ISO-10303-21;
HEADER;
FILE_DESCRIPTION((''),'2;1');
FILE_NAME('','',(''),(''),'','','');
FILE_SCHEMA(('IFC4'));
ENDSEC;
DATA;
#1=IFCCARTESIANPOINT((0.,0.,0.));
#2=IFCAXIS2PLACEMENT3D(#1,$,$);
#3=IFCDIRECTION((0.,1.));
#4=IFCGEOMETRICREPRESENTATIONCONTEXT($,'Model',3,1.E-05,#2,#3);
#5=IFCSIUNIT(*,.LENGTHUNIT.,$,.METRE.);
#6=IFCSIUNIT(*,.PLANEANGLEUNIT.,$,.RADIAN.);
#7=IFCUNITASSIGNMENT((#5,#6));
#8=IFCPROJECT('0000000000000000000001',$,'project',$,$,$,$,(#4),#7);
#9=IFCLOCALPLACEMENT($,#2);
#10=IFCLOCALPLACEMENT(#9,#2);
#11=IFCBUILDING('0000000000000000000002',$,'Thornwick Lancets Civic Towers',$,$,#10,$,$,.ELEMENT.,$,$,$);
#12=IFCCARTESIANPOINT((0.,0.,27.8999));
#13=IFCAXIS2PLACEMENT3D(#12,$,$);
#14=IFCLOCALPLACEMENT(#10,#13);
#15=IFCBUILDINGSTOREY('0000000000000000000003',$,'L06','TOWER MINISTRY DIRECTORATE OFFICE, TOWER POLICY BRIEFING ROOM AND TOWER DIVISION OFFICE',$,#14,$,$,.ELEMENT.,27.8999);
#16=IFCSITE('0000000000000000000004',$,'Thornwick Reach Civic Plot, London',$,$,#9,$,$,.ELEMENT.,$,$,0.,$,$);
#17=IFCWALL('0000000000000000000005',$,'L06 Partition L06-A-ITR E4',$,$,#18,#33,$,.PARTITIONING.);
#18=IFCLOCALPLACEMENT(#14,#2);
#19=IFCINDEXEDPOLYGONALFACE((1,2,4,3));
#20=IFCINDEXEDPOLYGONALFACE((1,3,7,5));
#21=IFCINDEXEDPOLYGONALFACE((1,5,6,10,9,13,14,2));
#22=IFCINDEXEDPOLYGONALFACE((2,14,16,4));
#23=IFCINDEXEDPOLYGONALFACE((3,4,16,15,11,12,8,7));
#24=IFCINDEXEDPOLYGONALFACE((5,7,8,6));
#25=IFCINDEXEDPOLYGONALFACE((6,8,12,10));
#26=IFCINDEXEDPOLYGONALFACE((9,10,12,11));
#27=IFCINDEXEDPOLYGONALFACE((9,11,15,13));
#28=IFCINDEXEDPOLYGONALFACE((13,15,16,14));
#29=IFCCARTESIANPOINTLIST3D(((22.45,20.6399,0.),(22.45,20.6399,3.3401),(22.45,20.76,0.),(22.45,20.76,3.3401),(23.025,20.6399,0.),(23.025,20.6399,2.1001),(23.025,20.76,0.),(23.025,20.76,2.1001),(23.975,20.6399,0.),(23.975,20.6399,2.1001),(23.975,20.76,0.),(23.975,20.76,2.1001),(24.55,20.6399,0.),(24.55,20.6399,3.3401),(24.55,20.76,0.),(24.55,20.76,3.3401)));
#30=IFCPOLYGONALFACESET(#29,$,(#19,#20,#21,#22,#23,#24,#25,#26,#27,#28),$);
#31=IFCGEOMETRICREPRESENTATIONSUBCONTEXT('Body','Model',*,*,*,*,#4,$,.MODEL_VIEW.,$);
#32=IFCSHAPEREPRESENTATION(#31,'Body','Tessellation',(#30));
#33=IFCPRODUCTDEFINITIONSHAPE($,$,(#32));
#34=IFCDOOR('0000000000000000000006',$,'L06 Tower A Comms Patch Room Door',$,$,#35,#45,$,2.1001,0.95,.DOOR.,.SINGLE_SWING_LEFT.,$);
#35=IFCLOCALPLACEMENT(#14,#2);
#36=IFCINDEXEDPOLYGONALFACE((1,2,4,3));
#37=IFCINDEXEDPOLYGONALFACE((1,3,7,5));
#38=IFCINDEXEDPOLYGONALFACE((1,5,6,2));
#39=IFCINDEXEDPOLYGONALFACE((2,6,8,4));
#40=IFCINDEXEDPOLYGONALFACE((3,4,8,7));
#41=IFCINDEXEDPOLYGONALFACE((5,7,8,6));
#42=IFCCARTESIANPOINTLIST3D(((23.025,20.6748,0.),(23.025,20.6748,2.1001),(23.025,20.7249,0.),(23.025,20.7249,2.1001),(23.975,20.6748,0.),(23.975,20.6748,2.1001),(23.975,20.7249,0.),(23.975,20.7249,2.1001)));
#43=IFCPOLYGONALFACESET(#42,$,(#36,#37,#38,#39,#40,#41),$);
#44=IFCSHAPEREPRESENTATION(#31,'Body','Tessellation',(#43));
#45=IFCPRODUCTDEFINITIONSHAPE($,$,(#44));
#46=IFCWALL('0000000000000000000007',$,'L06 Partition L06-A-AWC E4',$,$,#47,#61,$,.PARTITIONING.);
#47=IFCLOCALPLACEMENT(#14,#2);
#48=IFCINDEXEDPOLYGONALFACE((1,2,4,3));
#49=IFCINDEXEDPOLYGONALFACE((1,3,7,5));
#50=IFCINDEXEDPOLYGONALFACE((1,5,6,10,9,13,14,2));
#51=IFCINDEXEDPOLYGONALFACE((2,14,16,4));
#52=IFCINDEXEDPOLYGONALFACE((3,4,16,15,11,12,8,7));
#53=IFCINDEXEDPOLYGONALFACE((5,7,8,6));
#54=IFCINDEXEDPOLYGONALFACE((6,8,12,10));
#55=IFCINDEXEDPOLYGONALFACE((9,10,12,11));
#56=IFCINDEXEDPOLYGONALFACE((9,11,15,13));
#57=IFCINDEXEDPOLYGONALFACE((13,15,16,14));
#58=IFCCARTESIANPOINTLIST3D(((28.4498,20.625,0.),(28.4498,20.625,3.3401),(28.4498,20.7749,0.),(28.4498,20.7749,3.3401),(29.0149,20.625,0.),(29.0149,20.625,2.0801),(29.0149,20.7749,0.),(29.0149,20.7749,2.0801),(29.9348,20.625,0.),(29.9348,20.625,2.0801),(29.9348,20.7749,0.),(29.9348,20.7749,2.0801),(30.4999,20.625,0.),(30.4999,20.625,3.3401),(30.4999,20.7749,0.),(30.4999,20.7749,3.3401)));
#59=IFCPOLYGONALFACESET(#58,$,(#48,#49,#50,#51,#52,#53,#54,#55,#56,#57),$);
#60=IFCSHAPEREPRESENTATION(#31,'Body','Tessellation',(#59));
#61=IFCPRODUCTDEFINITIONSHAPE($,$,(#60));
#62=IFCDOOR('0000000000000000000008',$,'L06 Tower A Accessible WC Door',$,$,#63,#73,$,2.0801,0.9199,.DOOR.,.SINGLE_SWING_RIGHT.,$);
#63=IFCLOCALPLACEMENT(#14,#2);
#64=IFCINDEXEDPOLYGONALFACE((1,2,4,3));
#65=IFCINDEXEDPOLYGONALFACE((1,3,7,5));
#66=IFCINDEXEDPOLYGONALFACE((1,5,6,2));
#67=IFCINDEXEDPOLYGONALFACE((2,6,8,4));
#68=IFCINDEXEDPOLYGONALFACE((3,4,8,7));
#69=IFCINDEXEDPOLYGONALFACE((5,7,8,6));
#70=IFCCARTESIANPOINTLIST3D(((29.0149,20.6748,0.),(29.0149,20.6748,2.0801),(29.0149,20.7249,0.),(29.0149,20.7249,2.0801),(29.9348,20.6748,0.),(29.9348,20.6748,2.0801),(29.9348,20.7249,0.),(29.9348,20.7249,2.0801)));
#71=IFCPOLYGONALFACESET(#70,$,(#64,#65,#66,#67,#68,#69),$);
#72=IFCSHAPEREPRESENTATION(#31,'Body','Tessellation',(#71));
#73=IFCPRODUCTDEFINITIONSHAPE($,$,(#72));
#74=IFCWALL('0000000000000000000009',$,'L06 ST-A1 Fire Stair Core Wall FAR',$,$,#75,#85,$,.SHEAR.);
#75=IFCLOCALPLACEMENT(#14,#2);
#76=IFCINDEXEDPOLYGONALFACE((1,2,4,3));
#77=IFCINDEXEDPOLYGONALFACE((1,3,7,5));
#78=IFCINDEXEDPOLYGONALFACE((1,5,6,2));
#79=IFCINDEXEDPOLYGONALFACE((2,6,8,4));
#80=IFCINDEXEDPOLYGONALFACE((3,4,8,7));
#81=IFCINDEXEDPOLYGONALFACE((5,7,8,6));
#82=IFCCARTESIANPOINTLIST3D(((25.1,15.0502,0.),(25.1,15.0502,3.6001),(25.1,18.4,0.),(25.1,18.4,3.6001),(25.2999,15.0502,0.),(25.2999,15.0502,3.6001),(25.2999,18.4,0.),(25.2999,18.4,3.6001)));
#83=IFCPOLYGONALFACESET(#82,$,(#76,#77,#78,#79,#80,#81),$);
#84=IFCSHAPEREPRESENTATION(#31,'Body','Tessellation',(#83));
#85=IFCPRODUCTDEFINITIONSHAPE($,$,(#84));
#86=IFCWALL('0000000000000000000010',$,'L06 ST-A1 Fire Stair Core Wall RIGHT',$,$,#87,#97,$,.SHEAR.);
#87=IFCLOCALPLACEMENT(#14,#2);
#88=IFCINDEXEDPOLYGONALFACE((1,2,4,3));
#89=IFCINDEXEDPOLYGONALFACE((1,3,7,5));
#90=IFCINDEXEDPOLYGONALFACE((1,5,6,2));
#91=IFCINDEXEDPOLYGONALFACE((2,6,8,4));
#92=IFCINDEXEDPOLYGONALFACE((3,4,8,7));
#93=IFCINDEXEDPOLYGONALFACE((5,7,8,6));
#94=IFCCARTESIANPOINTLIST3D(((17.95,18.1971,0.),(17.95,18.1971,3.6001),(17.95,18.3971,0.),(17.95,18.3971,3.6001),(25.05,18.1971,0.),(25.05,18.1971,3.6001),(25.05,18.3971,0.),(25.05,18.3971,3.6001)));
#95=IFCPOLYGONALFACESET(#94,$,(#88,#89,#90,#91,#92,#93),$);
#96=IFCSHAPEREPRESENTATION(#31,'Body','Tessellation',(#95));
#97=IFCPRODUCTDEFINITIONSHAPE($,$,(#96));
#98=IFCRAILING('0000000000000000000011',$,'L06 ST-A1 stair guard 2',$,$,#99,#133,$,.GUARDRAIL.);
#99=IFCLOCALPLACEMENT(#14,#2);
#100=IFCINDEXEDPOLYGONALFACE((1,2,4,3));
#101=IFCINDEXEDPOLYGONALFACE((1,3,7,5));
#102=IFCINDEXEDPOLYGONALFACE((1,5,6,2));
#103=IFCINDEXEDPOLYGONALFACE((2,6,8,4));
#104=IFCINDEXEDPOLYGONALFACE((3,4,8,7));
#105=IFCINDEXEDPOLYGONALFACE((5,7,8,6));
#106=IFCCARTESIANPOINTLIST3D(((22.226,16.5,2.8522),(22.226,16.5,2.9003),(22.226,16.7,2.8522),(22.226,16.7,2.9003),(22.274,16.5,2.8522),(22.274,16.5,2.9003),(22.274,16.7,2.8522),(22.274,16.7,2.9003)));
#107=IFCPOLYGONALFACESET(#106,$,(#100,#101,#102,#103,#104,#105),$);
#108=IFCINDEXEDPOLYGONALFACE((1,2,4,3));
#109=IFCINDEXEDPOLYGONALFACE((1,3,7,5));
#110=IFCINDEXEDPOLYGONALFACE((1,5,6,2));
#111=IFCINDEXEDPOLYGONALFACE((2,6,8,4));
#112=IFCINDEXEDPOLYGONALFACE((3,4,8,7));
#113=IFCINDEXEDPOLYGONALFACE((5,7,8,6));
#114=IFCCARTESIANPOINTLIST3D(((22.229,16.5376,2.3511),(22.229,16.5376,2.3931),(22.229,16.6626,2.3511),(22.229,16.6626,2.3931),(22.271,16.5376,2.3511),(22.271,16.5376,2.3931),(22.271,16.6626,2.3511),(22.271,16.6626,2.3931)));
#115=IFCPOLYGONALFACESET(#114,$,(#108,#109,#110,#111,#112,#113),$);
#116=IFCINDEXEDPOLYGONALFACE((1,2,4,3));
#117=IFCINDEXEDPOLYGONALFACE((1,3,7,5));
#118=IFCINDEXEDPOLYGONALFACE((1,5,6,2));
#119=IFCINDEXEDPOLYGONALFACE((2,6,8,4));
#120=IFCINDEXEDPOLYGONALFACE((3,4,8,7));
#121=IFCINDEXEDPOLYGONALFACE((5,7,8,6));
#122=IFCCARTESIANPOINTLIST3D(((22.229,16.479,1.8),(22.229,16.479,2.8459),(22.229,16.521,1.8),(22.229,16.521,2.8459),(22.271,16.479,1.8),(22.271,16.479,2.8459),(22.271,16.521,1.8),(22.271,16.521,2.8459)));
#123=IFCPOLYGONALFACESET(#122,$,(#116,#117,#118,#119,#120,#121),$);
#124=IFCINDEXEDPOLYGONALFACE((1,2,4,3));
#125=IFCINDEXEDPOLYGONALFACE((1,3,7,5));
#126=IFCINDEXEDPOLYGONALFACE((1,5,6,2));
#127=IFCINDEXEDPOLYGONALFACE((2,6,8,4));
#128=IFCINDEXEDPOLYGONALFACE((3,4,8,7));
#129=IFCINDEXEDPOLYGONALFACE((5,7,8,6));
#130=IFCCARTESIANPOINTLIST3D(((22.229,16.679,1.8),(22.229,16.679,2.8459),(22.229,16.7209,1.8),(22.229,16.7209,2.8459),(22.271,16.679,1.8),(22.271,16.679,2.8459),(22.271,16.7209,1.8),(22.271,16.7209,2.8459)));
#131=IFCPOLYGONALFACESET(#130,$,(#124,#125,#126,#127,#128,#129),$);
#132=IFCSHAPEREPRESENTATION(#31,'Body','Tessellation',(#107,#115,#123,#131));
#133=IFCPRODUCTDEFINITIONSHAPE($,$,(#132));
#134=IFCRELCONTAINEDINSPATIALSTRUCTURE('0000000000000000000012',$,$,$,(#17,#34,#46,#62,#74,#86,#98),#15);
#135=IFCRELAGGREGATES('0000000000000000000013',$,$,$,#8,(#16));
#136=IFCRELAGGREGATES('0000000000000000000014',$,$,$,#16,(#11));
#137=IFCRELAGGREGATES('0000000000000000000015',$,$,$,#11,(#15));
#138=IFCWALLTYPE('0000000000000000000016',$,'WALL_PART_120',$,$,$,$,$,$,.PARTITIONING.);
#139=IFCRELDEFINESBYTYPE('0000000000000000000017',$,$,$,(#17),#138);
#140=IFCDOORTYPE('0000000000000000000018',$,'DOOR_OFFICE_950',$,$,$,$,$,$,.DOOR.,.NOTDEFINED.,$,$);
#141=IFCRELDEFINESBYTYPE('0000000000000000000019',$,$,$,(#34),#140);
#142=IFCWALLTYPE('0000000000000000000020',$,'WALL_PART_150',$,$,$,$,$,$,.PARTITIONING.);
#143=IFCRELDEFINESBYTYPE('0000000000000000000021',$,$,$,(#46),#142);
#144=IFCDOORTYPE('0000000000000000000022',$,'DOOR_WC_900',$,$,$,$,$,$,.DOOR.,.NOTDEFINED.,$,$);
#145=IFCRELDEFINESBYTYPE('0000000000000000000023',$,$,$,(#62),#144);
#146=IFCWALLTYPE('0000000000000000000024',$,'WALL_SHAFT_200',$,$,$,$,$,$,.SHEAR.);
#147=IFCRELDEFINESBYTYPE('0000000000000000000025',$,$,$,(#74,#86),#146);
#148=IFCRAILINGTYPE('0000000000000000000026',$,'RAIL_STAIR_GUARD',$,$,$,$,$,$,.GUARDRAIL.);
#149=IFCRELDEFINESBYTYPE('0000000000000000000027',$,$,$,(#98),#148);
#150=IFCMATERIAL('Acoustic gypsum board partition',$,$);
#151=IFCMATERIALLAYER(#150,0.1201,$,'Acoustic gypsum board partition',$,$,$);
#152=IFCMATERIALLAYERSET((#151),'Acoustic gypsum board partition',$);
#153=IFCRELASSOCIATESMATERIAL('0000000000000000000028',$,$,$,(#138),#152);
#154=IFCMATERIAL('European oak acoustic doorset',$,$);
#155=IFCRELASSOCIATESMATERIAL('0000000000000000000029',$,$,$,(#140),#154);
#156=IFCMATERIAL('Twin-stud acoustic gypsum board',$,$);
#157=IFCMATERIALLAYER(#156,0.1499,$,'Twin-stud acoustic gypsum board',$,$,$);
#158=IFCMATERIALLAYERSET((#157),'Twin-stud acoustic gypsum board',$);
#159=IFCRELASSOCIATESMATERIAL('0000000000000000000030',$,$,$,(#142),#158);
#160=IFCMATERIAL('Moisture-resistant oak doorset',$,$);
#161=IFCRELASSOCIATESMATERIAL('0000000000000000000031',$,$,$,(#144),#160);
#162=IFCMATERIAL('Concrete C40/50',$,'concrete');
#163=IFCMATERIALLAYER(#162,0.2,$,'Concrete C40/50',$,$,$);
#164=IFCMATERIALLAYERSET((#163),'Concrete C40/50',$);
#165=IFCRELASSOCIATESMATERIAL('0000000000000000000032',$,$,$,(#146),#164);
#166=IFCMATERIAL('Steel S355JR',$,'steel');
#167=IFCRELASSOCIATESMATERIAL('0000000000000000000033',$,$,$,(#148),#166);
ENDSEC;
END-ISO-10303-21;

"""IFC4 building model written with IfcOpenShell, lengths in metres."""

from ifc_helpers import new_model, si_unit, direction, frame, frame_2d, origin, origin_2d, place, context, subcontext, project, spatial, rectangle, extrude, material, layer, layer_set, type_object, element, fill, save


model = new_model("IFC4")

# Units and contexts
model_context = context("Model", 3, precision=1e-05, world=origin(), true_north=direction((0.0, 1.0)))
body_context = subcontext(model_context, "Body", "Model", "MODEL_VIEW")
ifc_project = project(units=[si_unit("LENGTHUNIT", "METRE"), si_unit("PLANEANGLEUNIT", "RADIAN")], contexts=[model_context])

# Site, building, storey
site_placement = place(None, origin())
site = spatial("IfcSite", under=ifc_project, at=site_placement, Name="Thornwick Reach Civic Plot, London", CompositionType="ELEMENT", RefElevation=0.0)
building_placement = place(site_placement, origin())
building = spatial("IfcBuilding", under=site, at=building_placement, Name="Thornwick Lancets Civic Towers", CompositionType="ELEMENT")
storey_placement = place(building_placement, frame((0.0, 0.0, 27.8999)))
storey = spatial("IfcBuildingStorey", under=building, at=storey_placement, Name="L06", Description="TOWER MINISTRY DIRECTORATE OFFICE, TOWER POLICY BRIEFING ROOM AND TOWER DIVISION OFFICE", CompositionType="ELEMENT", Elevation=27.8999)

# Shared definitions
ifc_material_1 = material(Name="Acoustic gypsum board partition")
ifc_layer_1 = layer(ifc_material_1, 0.1201, Name="Acoustic gypsum board partition")
ifc_layer_set_1 = layer_set([ifc_layer_1], Name="Acoustic gypsum board partition")
wall_type_1 = type_object("IfcWallType", Name="WALL_PART_120", PredefinedType="PARTITIONING", material=ifc_layer_set_1)

# Walls, openings, doors
wall_1_placement = place(storey_placement, frame((22.45, 20.7, 0.0), z_axis=(0.0, 0.0, 1.0), x_axis=(1.0, 0.0, 0.0)))
wall_1 = element("IfcWall", 1, at=wall_1_placement, inside=storey, type_object=wall_type_1, Name="L06 Partition L06-A-ITR E4", PredefinedType="PARTITIONING", context=body_context, shape_type="SweptSolid", body=[
    extrude(rectangle(XDim=2.1001, YDim=0.1201, at=frame_2d((1.05, 0.0))), origin(), (0.0, 0.0, 1.0), 3.3401),
])
opening_1_placement = place(wall_1_placement, frame((0.575, 0.0, 0.0)))
opening_1 = element("IfcOpeningElement", 2, at=opening_1_placement, cuts=wall_1, PredefinedType="OPENING", context=body_context, shape_type="SweptSolid", body=[
    extrude(rectangle(XDim=0.95, YDim=2.1001, at=frame_2d((0.4751, 1.05))), frame((0.0, 0.0701, 0.0), z_axis=(0.0, -1.0, 0.0), x_axis=(1.0, 0.0, 0.0)), (0.0, 0.0, 1.0), 0.1401),
])
ifc_material_2 = material(Name="European oak acoustic doorset")
door_type_1 = type_object("IfcDoorType", Name="DOOR_OFFICE_950", OperationType="NOTDEFINED", PredefinedType="DOOR", material=ifc_material_2)
door_1_placement = place(opening_1_placement, origin())
door_1 = element("IfcDoor", 3, at=door_1_placement, inside=storey, type_object=door_type_1, Name="L06 Tower A Comms Patch Room Door", OperationType="SINGLE_SWING_LEFT", OverallHeight=2.1001, OverallWidth=0.95, PredefinedType="DOOR", context=body_context, shape_type="SweptSolid", body=[
    extrude(rectangle(XDim=0.95, YDim=2.1001, at=frame_2d((0.4751, 1.05))), frame((0.0, 0.0249, 0.0), z_axis=(0.0, -1.0, 0.0), x_axis=(1.0, 0.0, 0.0)), (0.0, 0.0, 1.0), 0.05),
])
fill(opening_1, door_1)
ifc_material_3 = material(Name="Twin-stud acoustic gypsum board")
ifc_layer_2 = layer(ifc_material_3, 0.1499, Name="Twin-stud acoustic gypsum board")
ifc_layer_set_2 = layer_set([ifc_layer_2], Name="Twin-stud acoustic gypsum board")
wall_type_2 = type_object("IfcWallType", Name="WALL_PART_150", PredefinedType="PARTITIONING", material=ifc_layer_set_2)
wall_2_placement = place(storey_placement, frame((28.45, 20.7, 0.0), z_axis=(0.0, 0.0, 1.0), x_axis=(1.0, 0.0, 0.0)))
wall_2 = element("IfcWall", 4, at=wall_2_placement, inside=storey, type_object=wall_type_2, Name="L06 Partition L06-A-AWC E4", PredefinedType="PARTITIONING", context=body_context, shape_type="SweptSolid", body=[
    extrude(rectangle(XDim=2.05, YDim=0.1499, at=frame_2d((1.0249, 0.0))), origin(), (0.0, 0.0, 1.0), 3.3401),
])
opening_2_placement = place(wall_2_placement, frame((0.5649, 0.0, 0.0)))
opening_2 = element("IfcOpeningElement", 5, at=opening_2_placement, cuts=wall_2, PredefinedType="OPENING", context=body_context, shape_type="SweptSolid", body=[
    extrude(rectangle(XDim=0.9199, YDim=2.0801, at=frame_2d((0.46, 1.04))), frame((0.0, 0.085, 0.0), z_axis=(0.0, -1.0, 0.0), x_axis=(1.0, 0.0, 0.0)), (0.0, 0.0, 1.0), 0.1699),
])
ifc_material_4 = material(Name="Moisture-resistant oak doorset")
door_type_2 = type_object("IfcDoorType", Name="DOOR_WC_900", OperationType="NOTDEFINED", PredefinedType="DOOR", material=ifc_material_4)
door_2_placement = place(opening_2_placement, origin())
door_2 = element("IfcDoor", 6, at=door_2_placement, inside=storey, type_object=door_type_2, Name="L06 Tower A Accessible WC Door", OperationType="SINGLE_SWING_RIGHT", OverallHeight=2.0801, OverallWidth=0.9199, PredefinedType="DOOR", context=body_context, shape_type="SweptSolid", body=[
    extrude(rectangle(XDim=0.9199, YDim=2.0801, at=frame_2d((0.46, 1.04))), frame((0.0, 0.0249, 0.0), z_axis=(0.0, -1.0, 0.0), x_axis=(1.0, 0.0, 0.0)), (0.0, 0.0, 1.0), 0.05),
])
fill(opening_2, door_2)

# Walls
ifc_material_5 = material(Name="Concrete C40/50", Category="concrete")
ifc_layer_3 = layer(ifc_material_5, 0.2, Name="Concrete C40/50")
ifc_layer_set_3 = layer_set([ifc_layer_3], Name="Concrete C40/50")
wall_type_3 = type_object("IfcWallType", Name="WALL_SHAFT_200", PredefinedType="SHEAR", material=ifc_layer_set_3)
wall_3_placement = place(storey_placement, frame((25.2, 18.3999, 0.0), z_axis=(0.0, 0.0, 1.0), x_axis=(0.0, -1.0, 0.0)))
element("IfcWall", 7, at=wall_3_placement, inside=storey, type_object=wall_type_3, Name="L06 ST-A1 Fire Stair Core Wall FAR", PredefinedType="SHEAR", context=body_context, shape_type="SweptSolid", body=[
    extrude(rectangle(XDim=3.3499, YDim=0.2, at=frame_2d((1.6748, 0.0))), origin(), (0.0, 0.0, 1.0), 3.6001),
])
wall_4_placement = place(storey_placement, frame((25.05, 18.2971, 0.0), z_axis=(0.0, 0.0, 1.0), x_axis=(-1.0, 0.0, 0.0)))
element("IfcWall", 8, at=wall_4_placement, inside=storey, type_object=wall_type_3, Name="L06 ST-A1 Fire Stair Core Wall RIGHT", PredefinedType="SHEAR", context=body_context, shape_type="SweptSolid", body=[
    extrude(rectangle(XDim=7.1001, YDim=0.2, at=frame_2d((3.55, 0.0))), origin(), (0.0, 0.0, 1.0), 3.6001),
])

# Railing
ifc_material_6 = material(Name="Steel S355JR", Category="steel")
railing_type = type_object("IfcRailingType", Name="RAIL_STAIR_GUARD", PredefinedType="GUARDRAIL", material=ifc_material_6)
railing_placement = place(storey_placement, frame((22.25, 16.5, 1.8)))
element("IfcRailing", 9, at=railing_placement, inside=storey, type_object=railing_type, Name="L06 ST-A1 stair guard 2", PredefinedType="GUARDRAIL", context=body_context, shape_type="SweptSolid", body=[
    extrude(rectangle(XDim=0.0481, YDim=0.0481, at=origin_2d()), frame((0.0, 0.0, 1.0762), z_axis=(0.0, 1.0, 0.0), x_axis=(-1.0, 0.0, 0.0)), (0.0, 0.0, 1.0), 0.2),
    extrude(rectangle(XDim=0.042, YDim=0.042, at=origin_2d()), frame((0.0, 0.0376, 0.572), z_axis=(0.0, 1.0, 0.0), x_axis=(-1.0, 0.0, 0.0)), (0.0, 0.0, 1.0), 0.125),
    extrude(rectangle(XDim=0.042, YDim=0.042, at=origin_2d()), origin(), (0.0, 0.0, 1.0), 1.0459),
    extrude(rectangle(XDim=0.042, YDim=0.042, at=origin_2d()), frame((0.0, 0.2, 0.0)), (0.0, 0.0, 1.0), 1.0459),
])

save(model, "model.ifc")
